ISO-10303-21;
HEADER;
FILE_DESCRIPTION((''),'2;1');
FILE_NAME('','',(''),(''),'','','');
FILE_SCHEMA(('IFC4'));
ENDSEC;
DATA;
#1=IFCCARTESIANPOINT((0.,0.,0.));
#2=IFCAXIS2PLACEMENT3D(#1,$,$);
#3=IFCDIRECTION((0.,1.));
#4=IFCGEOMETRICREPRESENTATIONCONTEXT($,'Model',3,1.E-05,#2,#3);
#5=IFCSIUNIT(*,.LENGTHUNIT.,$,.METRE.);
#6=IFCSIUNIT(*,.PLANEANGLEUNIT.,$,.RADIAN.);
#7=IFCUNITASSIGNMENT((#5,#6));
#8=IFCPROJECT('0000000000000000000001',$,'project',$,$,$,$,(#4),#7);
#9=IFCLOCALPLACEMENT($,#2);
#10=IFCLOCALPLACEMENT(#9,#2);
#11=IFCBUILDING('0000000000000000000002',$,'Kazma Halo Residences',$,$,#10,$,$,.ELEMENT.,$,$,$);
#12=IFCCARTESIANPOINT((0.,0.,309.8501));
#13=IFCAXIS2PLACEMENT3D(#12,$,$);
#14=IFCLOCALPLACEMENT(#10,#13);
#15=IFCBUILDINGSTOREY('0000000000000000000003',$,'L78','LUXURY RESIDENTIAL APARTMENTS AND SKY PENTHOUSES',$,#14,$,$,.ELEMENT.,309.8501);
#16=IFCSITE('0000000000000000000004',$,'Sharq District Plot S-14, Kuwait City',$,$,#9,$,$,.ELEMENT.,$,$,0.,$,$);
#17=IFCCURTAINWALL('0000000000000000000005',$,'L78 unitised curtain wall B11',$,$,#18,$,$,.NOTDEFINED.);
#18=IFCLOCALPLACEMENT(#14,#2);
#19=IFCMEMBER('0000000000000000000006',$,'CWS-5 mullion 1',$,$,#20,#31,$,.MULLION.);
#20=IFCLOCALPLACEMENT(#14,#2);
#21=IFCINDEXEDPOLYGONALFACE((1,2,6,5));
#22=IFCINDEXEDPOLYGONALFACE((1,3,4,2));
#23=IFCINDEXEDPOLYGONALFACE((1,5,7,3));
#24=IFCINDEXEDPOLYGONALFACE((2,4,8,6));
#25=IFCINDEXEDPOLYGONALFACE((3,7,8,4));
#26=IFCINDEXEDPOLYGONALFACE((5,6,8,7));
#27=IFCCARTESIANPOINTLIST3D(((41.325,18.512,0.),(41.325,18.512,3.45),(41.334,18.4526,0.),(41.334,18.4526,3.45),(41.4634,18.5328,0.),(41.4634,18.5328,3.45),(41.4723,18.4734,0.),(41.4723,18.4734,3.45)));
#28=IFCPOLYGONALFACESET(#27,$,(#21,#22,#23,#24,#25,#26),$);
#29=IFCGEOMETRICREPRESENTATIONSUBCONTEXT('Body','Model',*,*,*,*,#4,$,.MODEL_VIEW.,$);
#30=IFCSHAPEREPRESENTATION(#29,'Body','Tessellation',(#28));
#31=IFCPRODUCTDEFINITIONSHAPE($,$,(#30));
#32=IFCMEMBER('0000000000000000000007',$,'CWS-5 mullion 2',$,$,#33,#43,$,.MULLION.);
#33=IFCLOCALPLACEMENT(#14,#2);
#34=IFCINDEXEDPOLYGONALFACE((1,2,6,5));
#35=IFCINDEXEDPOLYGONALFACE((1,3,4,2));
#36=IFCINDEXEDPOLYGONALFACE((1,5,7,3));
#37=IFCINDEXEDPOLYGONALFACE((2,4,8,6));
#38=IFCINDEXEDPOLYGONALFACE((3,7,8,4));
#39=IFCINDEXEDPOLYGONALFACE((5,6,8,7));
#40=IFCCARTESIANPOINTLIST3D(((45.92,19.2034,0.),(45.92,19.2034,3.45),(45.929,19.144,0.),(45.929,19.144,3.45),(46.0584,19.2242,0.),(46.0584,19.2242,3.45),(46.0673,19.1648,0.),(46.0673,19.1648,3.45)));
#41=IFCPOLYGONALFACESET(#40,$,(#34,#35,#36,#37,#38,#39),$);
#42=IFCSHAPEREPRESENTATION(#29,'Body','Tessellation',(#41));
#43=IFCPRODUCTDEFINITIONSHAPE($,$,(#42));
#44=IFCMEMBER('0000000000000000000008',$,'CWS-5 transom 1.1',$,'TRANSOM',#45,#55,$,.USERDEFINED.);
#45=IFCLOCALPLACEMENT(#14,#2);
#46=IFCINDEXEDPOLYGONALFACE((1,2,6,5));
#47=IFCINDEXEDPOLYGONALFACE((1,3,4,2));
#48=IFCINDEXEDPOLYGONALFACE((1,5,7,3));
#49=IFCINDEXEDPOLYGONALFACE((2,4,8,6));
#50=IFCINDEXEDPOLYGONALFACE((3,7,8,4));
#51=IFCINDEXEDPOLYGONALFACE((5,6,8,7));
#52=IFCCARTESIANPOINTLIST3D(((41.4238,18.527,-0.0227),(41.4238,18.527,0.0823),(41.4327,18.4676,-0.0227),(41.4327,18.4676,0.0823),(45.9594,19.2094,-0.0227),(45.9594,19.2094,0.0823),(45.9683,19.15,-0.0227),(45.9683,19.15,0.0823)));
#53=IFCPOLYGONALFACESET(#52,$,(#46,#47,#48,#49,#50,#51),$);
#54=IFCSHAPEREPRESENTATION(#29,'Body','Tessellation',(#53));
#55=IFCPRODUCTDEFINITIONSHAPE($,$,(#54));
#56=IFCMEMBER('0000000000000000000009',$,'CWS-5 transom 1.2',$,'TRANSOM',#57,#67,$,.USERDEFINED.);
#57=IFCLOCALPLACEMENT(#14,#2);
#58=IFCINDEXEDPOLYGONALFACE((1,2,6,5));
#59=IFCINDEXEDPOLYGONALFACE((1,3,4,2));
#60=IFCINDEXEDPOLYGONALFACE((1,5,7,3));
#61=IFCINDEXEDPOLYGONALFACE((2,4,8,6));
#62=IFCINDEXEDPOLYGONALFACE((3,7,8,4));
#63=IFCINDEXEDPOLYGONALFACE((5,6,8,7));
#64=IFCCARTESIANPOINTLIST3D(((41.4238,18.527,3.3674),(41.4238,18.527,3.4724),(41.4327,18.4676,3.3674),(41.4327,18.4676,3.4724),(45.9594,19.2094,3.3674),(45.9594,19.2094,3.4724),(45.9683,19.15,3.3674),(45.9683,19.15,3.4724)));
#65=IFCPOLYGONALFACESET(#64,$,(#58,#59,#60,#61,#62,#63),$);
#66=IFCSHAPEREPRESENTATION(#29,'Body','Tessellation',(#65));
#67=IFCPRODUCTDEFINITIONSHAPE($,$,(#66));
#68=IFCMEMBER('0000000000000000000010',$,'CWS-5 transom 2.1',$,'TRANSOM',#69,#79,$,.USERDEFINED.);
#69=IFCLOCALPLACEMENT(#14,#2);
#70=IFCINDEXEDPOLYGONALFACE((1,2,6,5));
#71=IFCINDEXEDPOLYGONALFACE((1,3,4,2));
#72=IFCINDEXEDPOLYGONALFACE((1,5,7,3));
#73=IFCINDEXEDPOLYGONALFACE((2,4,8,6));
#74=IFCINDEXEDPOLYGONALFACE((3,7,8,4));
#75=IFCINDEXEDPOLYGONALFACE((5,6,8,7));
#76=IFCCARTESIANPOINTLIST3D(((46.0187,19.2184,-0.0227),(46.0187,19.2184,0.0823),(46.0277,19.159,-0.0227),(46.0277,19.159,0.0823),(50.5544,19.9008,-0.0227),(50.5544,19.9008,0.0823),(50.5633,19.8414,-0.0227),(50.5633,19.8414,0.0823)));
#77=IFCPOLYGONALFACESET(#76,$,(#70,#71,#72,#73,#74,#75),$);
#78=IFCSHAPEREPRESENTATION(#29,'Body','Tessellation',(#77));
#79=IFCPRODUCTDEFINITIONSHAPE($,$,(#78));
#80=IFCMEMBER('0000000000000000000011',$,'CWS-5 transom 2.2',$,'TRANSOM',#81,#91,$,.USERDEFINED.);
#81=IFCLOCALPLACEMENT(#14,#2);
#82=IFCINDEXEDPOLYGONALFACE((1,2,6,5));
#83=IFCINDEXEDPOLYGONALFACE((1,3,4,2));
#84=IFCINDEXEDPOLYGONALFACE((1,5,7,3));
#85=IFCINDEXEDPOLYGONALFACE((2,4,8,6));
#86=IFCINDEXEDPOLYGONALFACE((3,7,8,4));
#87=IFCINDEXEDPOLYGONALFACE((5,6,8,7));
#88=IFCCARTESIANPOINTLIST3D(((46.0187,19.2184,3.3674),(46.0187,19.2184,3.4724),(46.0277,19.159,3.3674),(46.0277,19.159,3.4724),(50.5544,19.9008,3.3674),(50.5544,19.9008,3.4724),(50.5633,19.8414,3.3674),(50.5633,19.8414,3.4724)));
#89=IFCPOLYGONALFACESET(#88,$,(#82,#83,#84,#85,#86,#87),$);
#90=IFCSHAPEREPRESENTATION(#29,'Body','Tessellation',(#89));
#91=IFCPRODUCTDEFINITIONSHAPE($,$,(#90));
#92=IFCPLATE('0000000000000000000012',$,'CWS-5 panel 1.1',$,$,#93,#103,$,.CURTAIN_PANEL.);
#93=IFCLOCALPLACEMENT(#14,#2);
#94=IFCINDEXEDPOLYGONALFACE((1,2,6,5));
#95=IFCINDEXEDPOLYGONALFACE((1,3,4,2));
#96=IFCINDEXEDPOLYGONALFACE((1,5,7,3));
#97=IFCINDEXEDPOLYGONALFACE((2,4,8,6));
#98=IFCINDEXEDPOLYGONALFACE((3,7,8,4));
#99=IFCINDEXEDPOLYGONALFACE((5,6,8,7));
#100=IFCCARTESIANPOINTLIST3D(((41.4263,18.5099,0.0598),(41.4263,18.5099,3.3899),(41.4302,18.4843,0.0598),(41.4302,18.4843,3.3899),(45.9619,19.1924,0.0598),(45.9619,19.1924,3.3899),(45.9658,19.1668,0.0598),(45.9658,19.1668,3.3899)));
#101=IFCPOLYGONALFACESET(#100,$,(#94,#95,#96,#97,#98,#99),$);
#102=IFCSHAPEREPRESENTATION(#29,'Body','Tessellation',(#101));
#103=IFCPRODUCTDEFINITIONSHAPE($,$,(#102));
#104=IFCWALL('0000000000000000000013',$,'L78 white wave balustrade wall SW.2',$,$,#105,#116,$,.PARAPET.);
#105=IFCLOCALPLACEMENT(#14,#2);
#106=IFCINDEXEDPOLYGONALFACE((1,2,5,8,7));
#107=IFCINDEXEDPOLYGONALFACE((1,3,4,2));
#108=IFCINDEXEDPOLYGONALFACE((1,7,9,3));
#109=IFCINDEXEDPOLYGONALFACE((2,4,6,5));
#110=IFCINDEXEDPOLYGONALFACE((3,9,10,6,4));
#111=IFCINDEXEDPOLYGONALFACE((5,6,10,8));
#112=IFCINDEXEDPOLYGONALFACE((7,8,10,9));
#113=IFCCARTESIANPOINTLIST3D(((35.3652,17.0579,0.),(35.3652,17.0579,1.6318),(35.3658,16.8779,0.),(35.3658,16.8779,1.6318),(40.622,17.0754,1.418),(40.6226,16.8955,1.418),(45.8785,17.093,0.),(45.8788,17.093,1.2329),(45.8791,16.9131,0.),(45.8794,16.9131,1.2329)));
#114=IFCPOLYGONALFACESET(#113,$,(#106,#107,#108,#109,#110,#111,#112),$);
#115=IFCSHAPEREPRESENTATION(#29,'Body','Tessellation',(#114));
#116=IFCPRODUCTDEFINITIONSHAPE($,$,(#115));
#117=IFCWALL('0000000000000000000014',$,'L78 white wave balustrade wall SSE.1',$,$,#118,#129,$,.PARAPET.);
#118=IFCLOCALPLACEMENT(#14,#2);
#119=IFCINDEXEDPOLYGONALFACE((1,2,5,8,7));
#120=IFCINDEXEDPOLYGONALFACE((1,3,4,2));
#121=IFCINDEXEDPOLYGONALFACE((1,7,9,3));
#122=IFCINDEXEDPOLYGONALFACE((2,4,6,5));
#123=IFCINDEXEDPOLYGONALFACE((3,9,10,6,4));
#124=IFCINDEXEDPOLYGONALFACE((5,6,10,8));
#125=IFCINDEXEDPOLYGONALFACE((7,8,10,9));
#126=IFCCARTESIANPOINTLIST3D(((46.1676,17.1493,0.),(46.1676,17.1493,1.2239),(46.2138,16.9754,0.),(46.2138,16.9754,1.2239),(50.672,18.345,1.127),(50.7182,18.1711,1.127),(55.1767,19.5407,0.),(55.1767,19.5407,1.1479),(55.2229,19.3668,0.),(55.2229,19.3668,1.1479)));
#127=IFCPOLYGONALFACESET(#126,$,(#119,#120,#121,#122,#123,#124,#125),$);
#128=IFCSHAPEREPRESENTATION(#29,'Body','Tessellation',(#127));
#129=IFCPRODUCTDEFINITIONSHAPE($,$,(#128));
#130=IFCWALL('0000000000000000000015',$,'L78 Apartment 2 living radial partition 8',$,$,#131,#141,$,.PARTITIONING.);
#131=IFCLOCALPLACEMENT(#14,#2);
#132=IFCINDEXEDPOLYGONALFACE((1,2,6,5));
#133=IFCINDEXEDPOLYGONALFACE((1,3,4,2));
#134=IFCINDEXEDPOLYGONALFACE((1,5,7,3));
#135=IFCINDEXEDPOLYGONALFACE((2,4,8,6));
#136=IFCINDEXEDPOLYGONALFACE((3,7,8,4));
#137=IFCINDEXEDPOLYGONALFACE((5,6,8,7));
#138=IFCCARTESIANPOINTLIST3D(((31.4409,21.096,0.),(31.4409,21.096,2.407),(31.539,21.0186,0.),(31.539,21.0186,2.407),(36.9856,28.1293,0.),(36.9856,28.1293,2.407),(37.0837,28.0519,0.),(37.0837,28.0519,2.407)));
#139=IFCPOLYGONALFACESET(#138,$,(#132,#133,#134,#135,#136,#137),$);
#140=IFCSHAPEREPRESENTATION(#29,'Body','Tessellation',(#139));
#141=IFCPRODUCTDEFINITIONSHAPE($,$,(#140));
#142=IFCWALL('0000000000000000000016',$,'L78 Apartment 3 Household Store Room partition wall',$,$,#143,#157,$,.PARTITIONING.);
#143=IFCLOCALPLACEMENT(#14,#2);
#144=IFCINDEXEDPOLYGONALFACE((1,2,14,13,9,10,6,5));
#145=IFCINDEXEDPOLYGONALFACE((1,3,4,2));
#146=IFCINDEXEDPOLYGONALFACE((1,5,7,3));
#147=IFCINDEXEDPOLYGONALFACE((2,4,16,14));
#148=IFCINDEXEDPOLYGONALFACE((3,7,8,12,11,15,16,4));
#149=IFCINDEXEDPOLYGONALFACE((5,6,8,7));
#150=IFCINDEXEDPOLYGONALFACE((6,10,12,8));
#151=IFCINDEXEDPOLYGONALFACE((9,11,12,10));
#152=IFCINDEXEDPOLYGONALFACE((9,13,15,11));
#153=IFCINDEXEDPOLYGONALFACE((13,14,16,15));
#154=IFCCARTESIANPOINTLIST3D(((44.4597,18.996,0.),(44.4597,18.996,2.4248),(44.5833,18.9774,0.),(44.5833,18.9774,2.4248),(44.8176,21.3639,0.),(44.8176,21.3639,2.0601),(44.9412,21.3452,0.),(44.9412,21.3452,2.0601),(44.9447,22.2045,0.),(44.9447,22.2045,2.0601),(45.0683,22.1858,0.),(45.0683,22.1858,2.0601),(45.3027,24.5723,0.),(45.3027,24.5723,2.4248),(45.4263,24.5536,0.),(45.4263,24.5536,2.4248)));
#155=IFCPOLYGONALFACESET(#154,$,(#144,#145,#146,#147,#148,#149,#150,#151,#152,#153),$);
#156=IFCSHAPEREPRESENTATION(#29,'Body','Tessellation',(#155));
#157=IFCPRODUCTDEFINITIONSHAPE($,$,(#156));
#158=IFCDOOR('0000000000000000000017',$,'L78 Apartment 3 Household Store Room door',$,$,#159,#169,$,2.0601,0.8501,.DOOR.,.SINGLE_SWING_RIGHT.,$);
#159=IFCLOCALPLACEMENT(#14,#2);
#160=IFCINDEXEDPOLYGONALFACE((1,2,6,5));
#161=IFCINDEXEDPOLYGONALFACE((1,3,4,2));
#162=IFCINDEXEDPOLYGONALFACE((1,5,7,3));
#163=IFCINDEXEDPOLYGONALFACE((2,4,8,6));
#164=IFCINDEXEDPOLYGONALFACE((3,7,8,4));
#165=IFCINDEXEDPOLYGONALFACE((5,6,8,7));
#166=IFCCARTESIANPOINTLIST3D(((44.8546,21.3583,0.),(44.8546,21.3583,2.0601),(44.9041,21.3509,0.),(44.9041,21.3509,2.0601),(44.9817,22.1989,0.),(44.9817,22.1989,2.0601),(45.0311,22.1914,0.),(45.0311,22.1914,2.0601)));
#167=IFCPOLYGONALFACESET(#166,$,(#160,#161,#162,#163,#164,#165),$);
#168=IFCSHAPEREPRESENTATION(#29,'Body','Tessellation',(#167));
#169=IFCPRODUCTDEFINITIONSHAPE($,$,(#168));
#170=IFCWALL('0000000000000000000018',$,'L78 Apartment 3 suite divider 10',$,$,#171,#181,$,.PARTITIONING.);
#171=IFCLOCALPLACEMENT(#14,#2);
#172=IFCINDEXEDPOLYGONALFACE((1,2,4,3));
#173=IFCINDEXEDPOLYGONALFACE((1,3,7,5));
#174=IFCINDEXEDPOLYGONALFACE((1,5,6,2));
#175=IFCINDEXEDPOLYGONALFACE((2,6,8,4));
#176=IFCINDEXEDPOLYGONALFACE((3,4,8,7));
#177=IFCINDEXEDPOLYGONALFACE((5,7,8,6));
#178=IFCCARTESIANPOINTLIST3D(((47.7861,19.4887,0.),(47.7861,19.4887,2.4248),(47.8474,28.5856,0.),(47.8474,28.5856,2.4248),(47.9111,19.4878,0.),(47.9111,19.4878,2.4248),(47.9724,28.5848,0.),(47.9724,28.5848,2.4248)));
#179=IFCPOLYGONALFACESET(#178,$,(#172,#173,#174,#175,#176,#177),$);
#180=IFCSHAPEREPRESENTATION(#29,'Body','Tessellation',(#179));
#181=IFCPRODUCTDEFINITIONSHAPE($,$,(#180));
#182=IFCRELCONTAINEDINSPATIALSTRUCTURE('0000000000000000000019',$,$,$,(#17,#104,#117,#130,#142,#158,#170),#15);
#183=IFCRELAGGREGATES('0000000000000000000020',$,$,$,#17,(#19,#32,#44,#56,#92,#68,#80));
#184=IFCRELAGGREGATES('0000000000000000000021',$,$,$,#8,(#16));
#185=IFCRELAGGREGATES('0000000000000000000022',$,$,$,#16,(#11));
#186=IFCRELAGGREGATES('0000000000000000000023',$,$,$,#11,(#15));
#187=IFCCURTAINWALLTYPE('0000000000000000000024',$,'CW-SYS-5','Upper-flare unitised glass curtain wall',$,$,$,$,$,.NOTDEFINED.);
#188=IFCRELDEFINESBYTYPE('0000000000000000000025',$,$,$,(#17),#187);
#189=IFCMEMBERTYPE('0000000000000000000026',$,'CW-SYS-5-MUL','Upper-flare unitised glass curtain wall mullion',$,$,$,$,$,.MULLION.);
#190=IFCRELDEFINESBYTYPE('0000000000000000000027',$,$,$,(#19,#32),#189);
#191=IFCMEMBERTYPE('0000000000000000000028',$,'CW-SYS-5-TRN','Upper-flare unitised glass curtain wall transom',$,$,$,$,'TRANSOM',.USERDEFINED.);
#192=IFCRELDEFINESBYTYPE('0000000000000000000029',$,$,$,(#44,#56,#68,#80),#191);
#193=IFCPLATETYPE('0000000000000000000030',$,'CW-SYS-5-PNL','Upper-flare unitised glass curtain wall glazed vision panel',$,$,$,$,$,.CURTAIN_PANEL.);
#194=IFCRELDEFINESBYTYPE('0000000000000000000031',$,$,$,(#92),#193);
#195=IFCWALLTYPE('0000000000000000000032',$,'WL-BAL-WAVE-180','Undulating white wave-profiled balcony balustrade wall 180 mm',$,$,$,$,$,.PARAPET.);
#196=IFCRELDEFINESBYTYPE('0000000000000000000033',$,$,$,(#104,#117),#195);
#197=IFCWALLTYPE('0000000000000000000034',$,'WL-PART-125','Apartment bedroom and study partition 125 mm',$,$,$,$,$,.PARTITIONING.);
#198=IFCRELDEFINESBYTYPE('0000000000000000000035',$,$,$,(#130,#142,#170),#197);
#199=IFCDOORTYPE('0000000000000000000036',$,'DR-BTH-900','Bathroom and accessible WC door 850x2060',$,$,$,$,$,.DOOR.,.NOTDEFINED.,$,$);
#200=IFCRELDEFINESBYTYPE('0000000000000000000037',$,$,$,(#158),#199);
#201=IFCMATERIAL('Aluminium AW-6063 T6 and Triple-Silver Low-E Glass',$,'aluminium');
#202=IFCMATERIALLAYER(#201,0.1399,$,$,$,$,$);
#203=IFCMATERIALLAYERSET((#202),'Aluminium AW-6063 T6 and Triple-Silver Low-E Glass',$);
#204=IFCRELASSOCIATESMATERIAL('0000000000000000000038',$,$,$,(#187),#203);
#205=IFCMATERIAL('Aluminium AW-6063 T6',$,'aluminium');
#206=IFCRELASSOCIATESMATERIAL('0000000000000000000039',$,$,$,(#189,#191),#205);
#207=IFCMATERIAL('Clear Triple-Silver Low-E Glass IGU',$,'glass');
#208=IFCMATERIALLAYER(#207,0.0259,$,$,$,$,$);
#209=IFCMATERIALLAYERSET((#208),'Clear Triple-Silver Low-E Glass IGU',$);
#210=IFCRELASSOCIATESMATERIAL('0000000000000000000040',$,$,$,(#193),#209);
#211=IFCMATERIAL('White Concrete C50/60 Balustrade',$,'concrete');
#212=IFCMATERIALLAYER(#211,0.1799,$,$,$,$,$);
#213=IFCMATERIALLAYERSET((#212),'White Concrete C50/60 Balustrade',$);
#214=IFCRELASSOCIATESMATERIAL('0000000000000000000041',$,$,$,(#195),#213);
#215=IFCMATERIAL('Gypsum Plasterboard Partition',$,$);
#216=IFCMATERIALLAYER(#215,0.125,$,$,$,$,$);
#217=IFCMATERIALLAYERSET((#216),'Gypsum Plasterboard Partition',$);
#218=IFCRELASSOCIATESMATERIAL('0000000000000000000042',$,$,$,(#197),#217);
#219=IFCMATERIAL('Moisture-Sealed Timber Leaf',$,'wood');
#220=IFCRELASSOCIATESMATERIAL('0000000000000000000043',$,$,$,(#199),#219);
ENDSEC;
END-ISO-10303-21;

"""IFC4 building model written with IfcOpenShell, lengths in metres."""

from ifc_helpers import new_model, si_unit, direction, frame, frame_2d, origin, origin_2d, place, context, subcontext, project, spatial, polyline, rectangle, outline, extrude, material, layer, layer_set, material_profile, profile_set, type_object, element, fill, aggregate, save


model = new_model("IFC4")

# Units and contexts
model_context = context("Model", 3, precision=1e-05, world=origin(), true_north=direction((0.0, 1.0)))
body_context = subcontext(model_context, "Body", "Model", "MODEL_VIEW")
ifc_project = project(units=[si_unit("LENGTHUNIT", "METRE"), si_unit("PLANEANGLEUNIT", "RADIAN")], contexts=[model_context])

# Site, building, storey
site_placement = place(None, origin())
site = spatial("IfcSite", under=ifc_project, at=site_placement, Name="Sharq District Plot S-14, Kuwait City", CompositionType="ELEMENT", RefElevation=0.0)
building_placement = place(site_placement, origin())
building = spatial("IfcBuilding", under=site, at=building_placement, Name="Kazma Halo Residences", CompositionType="ELEMENT")
storey_placement = place(building_placement, frame((0.0, 0.0, 309.8501)))
storey = spatial("IfcBuildingStorey", under=building, at=storey_placement, Name="L78", Description="LUXURY RESIDENTIAL APARTMENTS AND SKY PENTHOUSES", CompositionType="ELEMENT", Elevation=309.8501)

# Curtain wall, members, plate
ifc_material_1 = material(Name="Aluminium AW-6063 T6 and Triple-Silver Low-E Glass", Category="aluminium")
ifc_layer_1 = layer(ifc_material_1, 0.1399)
ifc_layer_set_1 = layer_set([ifc_layer_1], Name="Aluminium AW-6063 T6 and Triple-Silver Low-E Glass")
curtain_wall_type = type_object("IfcCurtainWallType", Name="CW-SYS-5", Description="Upper-flare unitised glass curtain wall", PredefinedType="NOTDEFINED", material=ifc_layer_set_1)
curtain_wall_placement = place(storey_placement, origin())
curtain_wall = element("IfcCurtainWall", 1, at=curtain_wall_placement, inside=storey, type_object=curtain_wall_type, Name="L78 unitised curtain wall B11", PredefinedType="NOTDEFINED")
ifc_material_2 = material(Name="Aluminium AW-6063 T6", Category="aluminium")
ifc_material_profile_1 = material_profile(ifc_material_2, rectangle(XDim=0.0601, YDim=0.1399, at=origin_2d()), Name="CWM-60x140")
ifc_profile_set_1 = profile_set([ifc_material_profile_1], Name="Aluminium AW-6063 T6")
member_type_1 = type_object("IfcMemberType", Name="CW-SYS-5-MUL", Description="Upper-flare unitised glass curtain wall mullion", PredefinedType="MULLION", material=ifc_profile_set_1)
member_1_placement = place(storey_placement, frame((41.3987, 18.4927, 0.0), z_axis=(0.0, 0.0, 1.0), x_axis=(-0.148804, 0.988867, 0.0)))
member_1 = element("IfcMember", 2, at=member_1_placement, type_object=member_type_1, Name="CWS-5 mullion 1", PredefinedType="MULLION", context=body_context, shape_type="SweptSolid", body=[
    extrude(rectangle(XDim=0.0601, YDim=0.1399, at=origin_2d()), origin(), (0.0, 0.0, 1.0), 3.45),
])
member_2_placement = place(storey_placement, frame((45.9937, 19.1841, 0.0), z_axis=(0.0, 0.0, 1.0), x_axis=(-0.148804, 0.988867, 0.0)))
member_2 = element("IfcMember", 3, at=member_2_placement, type_object=member_type_1, Name="CWS-5 mullion 2", PredefinedType="MULLION", context=body_context, shape_type="SweptSolid", body=[
    extrude(rectangle(XDim=0.0601, YDim=0.1399, at=origin_2d()), origin(), (0.0, 0.0, 1.0), 3.45),
])
ifc_material_profile_2 = material_profile(ifc_material_2, rectangle(XDim=0.0601, YDim=0.105, at=origin_2d()), Name="CWT-60x105")
ifc_profile_set_2 = profile_set([ifc_material_profile_2], Name="Aluminium AW-6063 T6")
member_type_2 = type_object("IfcMemberType", Name="CW-SYS-5-TRN", Description="Upper-flare unitised glass curtain wall transom", ElementType="TRANSOM", PredefinedType="USERDEFINED", material=ifc_profile_set_2)
member_3_placement = place(storey_placement, frame((41.4282, 18.4973, 0.0298), z_axis=(0.988871, 0.148773, 0.0), x_axis=(-0.148773, 0.988871, 0.0)))
member_3 = element("IfcMember", 4, at=member_3_placement, type_object=member_type_2, Name="CWS-5 transom 1.1", ObjectType="TRANSOM", PredefinedType="USERDEFINED", context=body_context, shape_type="SweptSolid", body=[
    extrude(rectangle(XDim=0.0601, YDim=0.105, at=origin_2d()), origin(), (0.0, 0.0, 1.0), 4.5867),
])
member_4_placement = place(storey_placement, frame((41.4282, 18.4973, 3.4199), z_axis=(0.988871, 0.148773, 0.0), x_axis=(-0.148773, 0.988871, 0.0)))
member_4 = element("IfcMember", 5, at=member_4_placement, type_object=member_type_2, Name="CWS-5 transom 1.2", ObjectType="TRANSOM", PredefinedType="USERDEFINED", context=body_context, shape_type="SweptSolid", body=[
    extrude(rectangle(XDim=0.0601, YDim=0.105, at=origin_2d()), origin(), (0.0, 0.0, 1.0), 4.5867),
])
member_5_placement = place(storey_placement, frame((46.0232, 19.1887, 0.0298), z_axis=(0.988871, 0.148773, 0.0), x_axis=(-0.148773, 0.988871, 0.0)))
member_5 = element("IfcMember", 6, at=member_5_placement, type_object=member_type_2, Name="CWS-5 transom 2.1", ObjectType="TRANSOM", PredefinedType="USERDEFINED", context=body_context, shape_type="SweptSolid", body=[
    extrude(rectangle(XDim=0.0601, YDim=0.105, at=origin_2d()), origin(), (0.0, 0.0, 1.0), 4.5867),
])
member_6_placement = place(storey_placement, frame((46.0232, 19.1887, 3.4199), z_axis=(0.988871, 0.148773, 0.0), x_axis=(-0.148773, 0.988871, 0.0)))
member_6 = element("IfcMember", 7, at=member_6_placement, type_object=member_type_2, Name="CWS-5 transom 2.2", ObjectType="TRANSOM", PredefinedType="USERDEFINED", context=body_context, shape_type="SweptSolid", body=[
    extrude(rectangle(XDim=0.0601, YDim=0.105, at=origin_2d()), origin(), (0.0, 0.0, 1.0), 4.5867),
])
ifc_material_3 = material(Name="Clear Triple-Silver Low-E Glass IGU", Category="glass")
ifc_layer_2 = layer(ifc_material_3, 0.0259)
ifc_layer_set_2 = layer_set([ifc_layer_2], Name="Clear Triple-Silver Low-E Glass IGU")
plate_type = type_object("IfcPlateType", Name="CW-SYS-5-PNL", Description="Upper-flare unitised glass curtain wall glazed vision panel", PredefinedType="CURTAIN_PANEL", material=ifc_layer_set_2)
plate_placement = place(storey_placement, frame((43.696, 18.8384, 0.0598), z_axis=(0.0, 0.0, 1.0), x_axis=(0.988867, 0.148804, 0.0)))
plate = element("IfcPlate", 8, at=plate_placement, type_object=plate_type, Name="CWS-5 panel 1.1", PredefinedType="CURTAIN_PANEL", context=body_context, shape_type="SweptSolid", body=[
    extrude(rectangle(XDim=4.5867, YDim=0.0259, at=origin_2d()), origin(), (0.0, 0.0, 1.0), 3.3301),
])
aggregate(curtain_wall, [member_1, member_2, member_3, member_4, plate, member_5, member_6])

# Walls
ifc_material_4 = material(Name="White Concrete C50/60 Balustrade", Category="concrete")
ifc_layer_3 = layer(ifc_material_4, 0.1799)
ifc_layer_set_3 = layer_set([ifc_layer_3], Name="White Concrete C50/60 Balustrade")
wall_type_1 = type_object("IfcWallType", Name="WL-BAL-WAVE-180", Description="Undulating white wave-profiled balcony balustrade wall 180 mm", PredefinedType="PARAPET", material=ifc_layer_set_3)
wall_1_placement = place(storey_placement, frame((35.3655, 16.968, 0.0), z_axis=(0.0, 0.0, 1.0), x_axis=(0.999994, 0.003344, 0.0)))
element("IfcWall", 9, at=wall_1_placement, inside=storey, type_object=wall_type_1, Name="L78 white wave balustrade wall SW.2", PredefinedType="PARAPET", context=body_context, shape_type="SweptSolid", body=[
    extrude(outline(polyline([(0.0, 0.0), (10.5134, 0.0), (10.5137, 1.2329), (5.2568, 1.418), (0.0, 1.6318), (0.0, 0.0)])), frame((0.0, 0.0898, 0.0), z_axis=(0.0, -1.0, 0.0), x_axis=(1.0, 0.0, 0.0)), (0.0, 0.0, 1.0), 0.1799),
])
wall_2_placement = place(storey_placement, frame((46.1907, 17.0625, 0.0), z_axis=(0.0, 0.0, 1.0), x_axis=(0.966529, 0.256556, 0.0)))
element("IfcWall", 10, at=wall_2_placement, inside=storey, type_object=wall_type_1, Name="L78 white wave balustrade wall SSE.1", PredefinedType="PARAPET", context=body_context, shape_type="SweptSolid", body=[
    extrude(outline(polyline([(0.0, 0.0), (9.321, 0.0), (9.321, 1.1479), (4.6604, 1.127), (0.0, 1.2239), (0.0, 0.0)])), frame((0.0, 0.0898, 0.0), z_axis=(0.0, -1.0, 0.0), x_axis=(1.0, 0.0, 0.0)), (0.0, 0.0, 1.0), 0.1799),
])
ifc_material_5 = material(Name="Gypsum Plasterboard Partition")
ifc_layer_4 = layer(ifc_material_5, 0.125)
ifc_layer_set_4 = layer_set([ifc_layer_4], Name="Gypsum Plasterboard Partition")
wall_type_2 = type_object("IfcWallType", Name="WL-PART-125", Description="Apartment bedroom and study partition 125 mm", PredefinedType="PARTITIONING", material=ifc_layer_set_4)
wall_3_placement = place(storey_placement, frame((37.0347, 28.0906, 0.0), z_axis=(0.0, 0.0, 1.0), x_axis=(-0.619104, -0.785309, 0.0)))
element("IfcWall", 11, at=wall_3_placement, inside=storey, type_object=wall_type_2, Name="L78 Apartment 2 living radial partition 8", PredefinedType="PARTITIONING", context=body_context, shape_type="SweptSolid", body=[
    extrude(rectangle(XDim=8.9561, YDim=0.125, at=frame_2d((4.478, 0.0))), origin(), (0.0, 0.0, 1.0), 2.407),
])

# Wall, opening, door
wall_4_placement = place(storey_placement, frame((45.3645, 24.563, 0.0), z_axis=(0.0, 0.0, 1.0), x_axis=(-0.149483, -0.988764, 0.0)))
wall_4 = element("IfcWall", 12, at=wall_4_placement, inside=storey, type_object=wall_type_2, Name="L78 Apartment 3 Household Store Room partition wall", PredefinedType="PARTITIONING", context=body_context, shape_type="SweptSolid", body=[
    extrude(rectangle(XDim=5.6396, YDim=0.125, at=frame_2d((2.8198, 0.0))), origin(), (0.0, 0.0, 1.0), 2.4248),
])
opening_1_placement = place(wall_4_placement, frame((2.3948, 0.0, 0.0)))
opening_1 = element("IfcOpeningElement", 13, at=opening_1_placement, cuts=wall_4, PredefinedType="OPENING", context=body_context, shape_type="SweptSolid", body=[
    extrude(rectangle(XDim=0.8501, YDim=2.0601, at=frame_2d((0.425, 1.03))), frame((0.0, 0.0725, 0.0), z_axis=(0.0, -1.0, 0.0), x_axis=(1.0, 0.0, 0.0)), (0.0, 0.0, 1.0), 0.145),
])
ifc_material_6 = material(Name="Moisture-Sealed Timber Leaf", Category="wood")
door_type = type_object("IfcDoorType", Name="DR-BTH-900", Description="Bathroom and accessible WC door 850x2060", OperationType="NOTDEFINED", PredefinedType="DOOR", material=ifc_material_6)
door_1_placement = place(opening_1_placement, origin())
door_1 = element("IfcDoor", 14, at=door_1_placement, inside=storey, type_object=door_type, Name="L78 Apartment 3 Household Store Room door", OperationType="SINGLE_SWING_RIGHT", OverallHeight=2.0601, OverallWidth=0.8501, PredefinedType="DOOR", context=body_context, shape_type="SweptSolid", body=[
    extrude(rectangle(XDim=0.8501, YDim=2.0601, at=frame_2d((0.425, 1.03))), frame((0.0, 0.0249, 0.0), z_axis=(0.0, -1.0, 0.0), x_axis=(1.0, 0.0, 0.0)), (0.0, 0.0, 1.0), 0.05),
])
fill(opening_1, door_1)

# Wall
wall_5_placement = place(storey_placement, frame((47.9099, 28.5852, 0.0), z_axis=(0.0, 0.0, 1.0), x_axis=(-0.006736, -0.999977, 0.0)))
element("IfcWall", 15, at=wall_5_placement, inside=storey, type_object=wall_type_2, Name="L78 Apartment 3 suite divider 10", PredefinedType="PARTITIONING", context=body_context, shape_type="SweptSolid", body=[
    extrude(rectangle(XDim=9.0972, YDim=0.125, at=frame_2d((4.5486, 0.0))), origin(), (0.0, 0.0, 1.0), 2.4248),
])

save(model, "model.ifc")
